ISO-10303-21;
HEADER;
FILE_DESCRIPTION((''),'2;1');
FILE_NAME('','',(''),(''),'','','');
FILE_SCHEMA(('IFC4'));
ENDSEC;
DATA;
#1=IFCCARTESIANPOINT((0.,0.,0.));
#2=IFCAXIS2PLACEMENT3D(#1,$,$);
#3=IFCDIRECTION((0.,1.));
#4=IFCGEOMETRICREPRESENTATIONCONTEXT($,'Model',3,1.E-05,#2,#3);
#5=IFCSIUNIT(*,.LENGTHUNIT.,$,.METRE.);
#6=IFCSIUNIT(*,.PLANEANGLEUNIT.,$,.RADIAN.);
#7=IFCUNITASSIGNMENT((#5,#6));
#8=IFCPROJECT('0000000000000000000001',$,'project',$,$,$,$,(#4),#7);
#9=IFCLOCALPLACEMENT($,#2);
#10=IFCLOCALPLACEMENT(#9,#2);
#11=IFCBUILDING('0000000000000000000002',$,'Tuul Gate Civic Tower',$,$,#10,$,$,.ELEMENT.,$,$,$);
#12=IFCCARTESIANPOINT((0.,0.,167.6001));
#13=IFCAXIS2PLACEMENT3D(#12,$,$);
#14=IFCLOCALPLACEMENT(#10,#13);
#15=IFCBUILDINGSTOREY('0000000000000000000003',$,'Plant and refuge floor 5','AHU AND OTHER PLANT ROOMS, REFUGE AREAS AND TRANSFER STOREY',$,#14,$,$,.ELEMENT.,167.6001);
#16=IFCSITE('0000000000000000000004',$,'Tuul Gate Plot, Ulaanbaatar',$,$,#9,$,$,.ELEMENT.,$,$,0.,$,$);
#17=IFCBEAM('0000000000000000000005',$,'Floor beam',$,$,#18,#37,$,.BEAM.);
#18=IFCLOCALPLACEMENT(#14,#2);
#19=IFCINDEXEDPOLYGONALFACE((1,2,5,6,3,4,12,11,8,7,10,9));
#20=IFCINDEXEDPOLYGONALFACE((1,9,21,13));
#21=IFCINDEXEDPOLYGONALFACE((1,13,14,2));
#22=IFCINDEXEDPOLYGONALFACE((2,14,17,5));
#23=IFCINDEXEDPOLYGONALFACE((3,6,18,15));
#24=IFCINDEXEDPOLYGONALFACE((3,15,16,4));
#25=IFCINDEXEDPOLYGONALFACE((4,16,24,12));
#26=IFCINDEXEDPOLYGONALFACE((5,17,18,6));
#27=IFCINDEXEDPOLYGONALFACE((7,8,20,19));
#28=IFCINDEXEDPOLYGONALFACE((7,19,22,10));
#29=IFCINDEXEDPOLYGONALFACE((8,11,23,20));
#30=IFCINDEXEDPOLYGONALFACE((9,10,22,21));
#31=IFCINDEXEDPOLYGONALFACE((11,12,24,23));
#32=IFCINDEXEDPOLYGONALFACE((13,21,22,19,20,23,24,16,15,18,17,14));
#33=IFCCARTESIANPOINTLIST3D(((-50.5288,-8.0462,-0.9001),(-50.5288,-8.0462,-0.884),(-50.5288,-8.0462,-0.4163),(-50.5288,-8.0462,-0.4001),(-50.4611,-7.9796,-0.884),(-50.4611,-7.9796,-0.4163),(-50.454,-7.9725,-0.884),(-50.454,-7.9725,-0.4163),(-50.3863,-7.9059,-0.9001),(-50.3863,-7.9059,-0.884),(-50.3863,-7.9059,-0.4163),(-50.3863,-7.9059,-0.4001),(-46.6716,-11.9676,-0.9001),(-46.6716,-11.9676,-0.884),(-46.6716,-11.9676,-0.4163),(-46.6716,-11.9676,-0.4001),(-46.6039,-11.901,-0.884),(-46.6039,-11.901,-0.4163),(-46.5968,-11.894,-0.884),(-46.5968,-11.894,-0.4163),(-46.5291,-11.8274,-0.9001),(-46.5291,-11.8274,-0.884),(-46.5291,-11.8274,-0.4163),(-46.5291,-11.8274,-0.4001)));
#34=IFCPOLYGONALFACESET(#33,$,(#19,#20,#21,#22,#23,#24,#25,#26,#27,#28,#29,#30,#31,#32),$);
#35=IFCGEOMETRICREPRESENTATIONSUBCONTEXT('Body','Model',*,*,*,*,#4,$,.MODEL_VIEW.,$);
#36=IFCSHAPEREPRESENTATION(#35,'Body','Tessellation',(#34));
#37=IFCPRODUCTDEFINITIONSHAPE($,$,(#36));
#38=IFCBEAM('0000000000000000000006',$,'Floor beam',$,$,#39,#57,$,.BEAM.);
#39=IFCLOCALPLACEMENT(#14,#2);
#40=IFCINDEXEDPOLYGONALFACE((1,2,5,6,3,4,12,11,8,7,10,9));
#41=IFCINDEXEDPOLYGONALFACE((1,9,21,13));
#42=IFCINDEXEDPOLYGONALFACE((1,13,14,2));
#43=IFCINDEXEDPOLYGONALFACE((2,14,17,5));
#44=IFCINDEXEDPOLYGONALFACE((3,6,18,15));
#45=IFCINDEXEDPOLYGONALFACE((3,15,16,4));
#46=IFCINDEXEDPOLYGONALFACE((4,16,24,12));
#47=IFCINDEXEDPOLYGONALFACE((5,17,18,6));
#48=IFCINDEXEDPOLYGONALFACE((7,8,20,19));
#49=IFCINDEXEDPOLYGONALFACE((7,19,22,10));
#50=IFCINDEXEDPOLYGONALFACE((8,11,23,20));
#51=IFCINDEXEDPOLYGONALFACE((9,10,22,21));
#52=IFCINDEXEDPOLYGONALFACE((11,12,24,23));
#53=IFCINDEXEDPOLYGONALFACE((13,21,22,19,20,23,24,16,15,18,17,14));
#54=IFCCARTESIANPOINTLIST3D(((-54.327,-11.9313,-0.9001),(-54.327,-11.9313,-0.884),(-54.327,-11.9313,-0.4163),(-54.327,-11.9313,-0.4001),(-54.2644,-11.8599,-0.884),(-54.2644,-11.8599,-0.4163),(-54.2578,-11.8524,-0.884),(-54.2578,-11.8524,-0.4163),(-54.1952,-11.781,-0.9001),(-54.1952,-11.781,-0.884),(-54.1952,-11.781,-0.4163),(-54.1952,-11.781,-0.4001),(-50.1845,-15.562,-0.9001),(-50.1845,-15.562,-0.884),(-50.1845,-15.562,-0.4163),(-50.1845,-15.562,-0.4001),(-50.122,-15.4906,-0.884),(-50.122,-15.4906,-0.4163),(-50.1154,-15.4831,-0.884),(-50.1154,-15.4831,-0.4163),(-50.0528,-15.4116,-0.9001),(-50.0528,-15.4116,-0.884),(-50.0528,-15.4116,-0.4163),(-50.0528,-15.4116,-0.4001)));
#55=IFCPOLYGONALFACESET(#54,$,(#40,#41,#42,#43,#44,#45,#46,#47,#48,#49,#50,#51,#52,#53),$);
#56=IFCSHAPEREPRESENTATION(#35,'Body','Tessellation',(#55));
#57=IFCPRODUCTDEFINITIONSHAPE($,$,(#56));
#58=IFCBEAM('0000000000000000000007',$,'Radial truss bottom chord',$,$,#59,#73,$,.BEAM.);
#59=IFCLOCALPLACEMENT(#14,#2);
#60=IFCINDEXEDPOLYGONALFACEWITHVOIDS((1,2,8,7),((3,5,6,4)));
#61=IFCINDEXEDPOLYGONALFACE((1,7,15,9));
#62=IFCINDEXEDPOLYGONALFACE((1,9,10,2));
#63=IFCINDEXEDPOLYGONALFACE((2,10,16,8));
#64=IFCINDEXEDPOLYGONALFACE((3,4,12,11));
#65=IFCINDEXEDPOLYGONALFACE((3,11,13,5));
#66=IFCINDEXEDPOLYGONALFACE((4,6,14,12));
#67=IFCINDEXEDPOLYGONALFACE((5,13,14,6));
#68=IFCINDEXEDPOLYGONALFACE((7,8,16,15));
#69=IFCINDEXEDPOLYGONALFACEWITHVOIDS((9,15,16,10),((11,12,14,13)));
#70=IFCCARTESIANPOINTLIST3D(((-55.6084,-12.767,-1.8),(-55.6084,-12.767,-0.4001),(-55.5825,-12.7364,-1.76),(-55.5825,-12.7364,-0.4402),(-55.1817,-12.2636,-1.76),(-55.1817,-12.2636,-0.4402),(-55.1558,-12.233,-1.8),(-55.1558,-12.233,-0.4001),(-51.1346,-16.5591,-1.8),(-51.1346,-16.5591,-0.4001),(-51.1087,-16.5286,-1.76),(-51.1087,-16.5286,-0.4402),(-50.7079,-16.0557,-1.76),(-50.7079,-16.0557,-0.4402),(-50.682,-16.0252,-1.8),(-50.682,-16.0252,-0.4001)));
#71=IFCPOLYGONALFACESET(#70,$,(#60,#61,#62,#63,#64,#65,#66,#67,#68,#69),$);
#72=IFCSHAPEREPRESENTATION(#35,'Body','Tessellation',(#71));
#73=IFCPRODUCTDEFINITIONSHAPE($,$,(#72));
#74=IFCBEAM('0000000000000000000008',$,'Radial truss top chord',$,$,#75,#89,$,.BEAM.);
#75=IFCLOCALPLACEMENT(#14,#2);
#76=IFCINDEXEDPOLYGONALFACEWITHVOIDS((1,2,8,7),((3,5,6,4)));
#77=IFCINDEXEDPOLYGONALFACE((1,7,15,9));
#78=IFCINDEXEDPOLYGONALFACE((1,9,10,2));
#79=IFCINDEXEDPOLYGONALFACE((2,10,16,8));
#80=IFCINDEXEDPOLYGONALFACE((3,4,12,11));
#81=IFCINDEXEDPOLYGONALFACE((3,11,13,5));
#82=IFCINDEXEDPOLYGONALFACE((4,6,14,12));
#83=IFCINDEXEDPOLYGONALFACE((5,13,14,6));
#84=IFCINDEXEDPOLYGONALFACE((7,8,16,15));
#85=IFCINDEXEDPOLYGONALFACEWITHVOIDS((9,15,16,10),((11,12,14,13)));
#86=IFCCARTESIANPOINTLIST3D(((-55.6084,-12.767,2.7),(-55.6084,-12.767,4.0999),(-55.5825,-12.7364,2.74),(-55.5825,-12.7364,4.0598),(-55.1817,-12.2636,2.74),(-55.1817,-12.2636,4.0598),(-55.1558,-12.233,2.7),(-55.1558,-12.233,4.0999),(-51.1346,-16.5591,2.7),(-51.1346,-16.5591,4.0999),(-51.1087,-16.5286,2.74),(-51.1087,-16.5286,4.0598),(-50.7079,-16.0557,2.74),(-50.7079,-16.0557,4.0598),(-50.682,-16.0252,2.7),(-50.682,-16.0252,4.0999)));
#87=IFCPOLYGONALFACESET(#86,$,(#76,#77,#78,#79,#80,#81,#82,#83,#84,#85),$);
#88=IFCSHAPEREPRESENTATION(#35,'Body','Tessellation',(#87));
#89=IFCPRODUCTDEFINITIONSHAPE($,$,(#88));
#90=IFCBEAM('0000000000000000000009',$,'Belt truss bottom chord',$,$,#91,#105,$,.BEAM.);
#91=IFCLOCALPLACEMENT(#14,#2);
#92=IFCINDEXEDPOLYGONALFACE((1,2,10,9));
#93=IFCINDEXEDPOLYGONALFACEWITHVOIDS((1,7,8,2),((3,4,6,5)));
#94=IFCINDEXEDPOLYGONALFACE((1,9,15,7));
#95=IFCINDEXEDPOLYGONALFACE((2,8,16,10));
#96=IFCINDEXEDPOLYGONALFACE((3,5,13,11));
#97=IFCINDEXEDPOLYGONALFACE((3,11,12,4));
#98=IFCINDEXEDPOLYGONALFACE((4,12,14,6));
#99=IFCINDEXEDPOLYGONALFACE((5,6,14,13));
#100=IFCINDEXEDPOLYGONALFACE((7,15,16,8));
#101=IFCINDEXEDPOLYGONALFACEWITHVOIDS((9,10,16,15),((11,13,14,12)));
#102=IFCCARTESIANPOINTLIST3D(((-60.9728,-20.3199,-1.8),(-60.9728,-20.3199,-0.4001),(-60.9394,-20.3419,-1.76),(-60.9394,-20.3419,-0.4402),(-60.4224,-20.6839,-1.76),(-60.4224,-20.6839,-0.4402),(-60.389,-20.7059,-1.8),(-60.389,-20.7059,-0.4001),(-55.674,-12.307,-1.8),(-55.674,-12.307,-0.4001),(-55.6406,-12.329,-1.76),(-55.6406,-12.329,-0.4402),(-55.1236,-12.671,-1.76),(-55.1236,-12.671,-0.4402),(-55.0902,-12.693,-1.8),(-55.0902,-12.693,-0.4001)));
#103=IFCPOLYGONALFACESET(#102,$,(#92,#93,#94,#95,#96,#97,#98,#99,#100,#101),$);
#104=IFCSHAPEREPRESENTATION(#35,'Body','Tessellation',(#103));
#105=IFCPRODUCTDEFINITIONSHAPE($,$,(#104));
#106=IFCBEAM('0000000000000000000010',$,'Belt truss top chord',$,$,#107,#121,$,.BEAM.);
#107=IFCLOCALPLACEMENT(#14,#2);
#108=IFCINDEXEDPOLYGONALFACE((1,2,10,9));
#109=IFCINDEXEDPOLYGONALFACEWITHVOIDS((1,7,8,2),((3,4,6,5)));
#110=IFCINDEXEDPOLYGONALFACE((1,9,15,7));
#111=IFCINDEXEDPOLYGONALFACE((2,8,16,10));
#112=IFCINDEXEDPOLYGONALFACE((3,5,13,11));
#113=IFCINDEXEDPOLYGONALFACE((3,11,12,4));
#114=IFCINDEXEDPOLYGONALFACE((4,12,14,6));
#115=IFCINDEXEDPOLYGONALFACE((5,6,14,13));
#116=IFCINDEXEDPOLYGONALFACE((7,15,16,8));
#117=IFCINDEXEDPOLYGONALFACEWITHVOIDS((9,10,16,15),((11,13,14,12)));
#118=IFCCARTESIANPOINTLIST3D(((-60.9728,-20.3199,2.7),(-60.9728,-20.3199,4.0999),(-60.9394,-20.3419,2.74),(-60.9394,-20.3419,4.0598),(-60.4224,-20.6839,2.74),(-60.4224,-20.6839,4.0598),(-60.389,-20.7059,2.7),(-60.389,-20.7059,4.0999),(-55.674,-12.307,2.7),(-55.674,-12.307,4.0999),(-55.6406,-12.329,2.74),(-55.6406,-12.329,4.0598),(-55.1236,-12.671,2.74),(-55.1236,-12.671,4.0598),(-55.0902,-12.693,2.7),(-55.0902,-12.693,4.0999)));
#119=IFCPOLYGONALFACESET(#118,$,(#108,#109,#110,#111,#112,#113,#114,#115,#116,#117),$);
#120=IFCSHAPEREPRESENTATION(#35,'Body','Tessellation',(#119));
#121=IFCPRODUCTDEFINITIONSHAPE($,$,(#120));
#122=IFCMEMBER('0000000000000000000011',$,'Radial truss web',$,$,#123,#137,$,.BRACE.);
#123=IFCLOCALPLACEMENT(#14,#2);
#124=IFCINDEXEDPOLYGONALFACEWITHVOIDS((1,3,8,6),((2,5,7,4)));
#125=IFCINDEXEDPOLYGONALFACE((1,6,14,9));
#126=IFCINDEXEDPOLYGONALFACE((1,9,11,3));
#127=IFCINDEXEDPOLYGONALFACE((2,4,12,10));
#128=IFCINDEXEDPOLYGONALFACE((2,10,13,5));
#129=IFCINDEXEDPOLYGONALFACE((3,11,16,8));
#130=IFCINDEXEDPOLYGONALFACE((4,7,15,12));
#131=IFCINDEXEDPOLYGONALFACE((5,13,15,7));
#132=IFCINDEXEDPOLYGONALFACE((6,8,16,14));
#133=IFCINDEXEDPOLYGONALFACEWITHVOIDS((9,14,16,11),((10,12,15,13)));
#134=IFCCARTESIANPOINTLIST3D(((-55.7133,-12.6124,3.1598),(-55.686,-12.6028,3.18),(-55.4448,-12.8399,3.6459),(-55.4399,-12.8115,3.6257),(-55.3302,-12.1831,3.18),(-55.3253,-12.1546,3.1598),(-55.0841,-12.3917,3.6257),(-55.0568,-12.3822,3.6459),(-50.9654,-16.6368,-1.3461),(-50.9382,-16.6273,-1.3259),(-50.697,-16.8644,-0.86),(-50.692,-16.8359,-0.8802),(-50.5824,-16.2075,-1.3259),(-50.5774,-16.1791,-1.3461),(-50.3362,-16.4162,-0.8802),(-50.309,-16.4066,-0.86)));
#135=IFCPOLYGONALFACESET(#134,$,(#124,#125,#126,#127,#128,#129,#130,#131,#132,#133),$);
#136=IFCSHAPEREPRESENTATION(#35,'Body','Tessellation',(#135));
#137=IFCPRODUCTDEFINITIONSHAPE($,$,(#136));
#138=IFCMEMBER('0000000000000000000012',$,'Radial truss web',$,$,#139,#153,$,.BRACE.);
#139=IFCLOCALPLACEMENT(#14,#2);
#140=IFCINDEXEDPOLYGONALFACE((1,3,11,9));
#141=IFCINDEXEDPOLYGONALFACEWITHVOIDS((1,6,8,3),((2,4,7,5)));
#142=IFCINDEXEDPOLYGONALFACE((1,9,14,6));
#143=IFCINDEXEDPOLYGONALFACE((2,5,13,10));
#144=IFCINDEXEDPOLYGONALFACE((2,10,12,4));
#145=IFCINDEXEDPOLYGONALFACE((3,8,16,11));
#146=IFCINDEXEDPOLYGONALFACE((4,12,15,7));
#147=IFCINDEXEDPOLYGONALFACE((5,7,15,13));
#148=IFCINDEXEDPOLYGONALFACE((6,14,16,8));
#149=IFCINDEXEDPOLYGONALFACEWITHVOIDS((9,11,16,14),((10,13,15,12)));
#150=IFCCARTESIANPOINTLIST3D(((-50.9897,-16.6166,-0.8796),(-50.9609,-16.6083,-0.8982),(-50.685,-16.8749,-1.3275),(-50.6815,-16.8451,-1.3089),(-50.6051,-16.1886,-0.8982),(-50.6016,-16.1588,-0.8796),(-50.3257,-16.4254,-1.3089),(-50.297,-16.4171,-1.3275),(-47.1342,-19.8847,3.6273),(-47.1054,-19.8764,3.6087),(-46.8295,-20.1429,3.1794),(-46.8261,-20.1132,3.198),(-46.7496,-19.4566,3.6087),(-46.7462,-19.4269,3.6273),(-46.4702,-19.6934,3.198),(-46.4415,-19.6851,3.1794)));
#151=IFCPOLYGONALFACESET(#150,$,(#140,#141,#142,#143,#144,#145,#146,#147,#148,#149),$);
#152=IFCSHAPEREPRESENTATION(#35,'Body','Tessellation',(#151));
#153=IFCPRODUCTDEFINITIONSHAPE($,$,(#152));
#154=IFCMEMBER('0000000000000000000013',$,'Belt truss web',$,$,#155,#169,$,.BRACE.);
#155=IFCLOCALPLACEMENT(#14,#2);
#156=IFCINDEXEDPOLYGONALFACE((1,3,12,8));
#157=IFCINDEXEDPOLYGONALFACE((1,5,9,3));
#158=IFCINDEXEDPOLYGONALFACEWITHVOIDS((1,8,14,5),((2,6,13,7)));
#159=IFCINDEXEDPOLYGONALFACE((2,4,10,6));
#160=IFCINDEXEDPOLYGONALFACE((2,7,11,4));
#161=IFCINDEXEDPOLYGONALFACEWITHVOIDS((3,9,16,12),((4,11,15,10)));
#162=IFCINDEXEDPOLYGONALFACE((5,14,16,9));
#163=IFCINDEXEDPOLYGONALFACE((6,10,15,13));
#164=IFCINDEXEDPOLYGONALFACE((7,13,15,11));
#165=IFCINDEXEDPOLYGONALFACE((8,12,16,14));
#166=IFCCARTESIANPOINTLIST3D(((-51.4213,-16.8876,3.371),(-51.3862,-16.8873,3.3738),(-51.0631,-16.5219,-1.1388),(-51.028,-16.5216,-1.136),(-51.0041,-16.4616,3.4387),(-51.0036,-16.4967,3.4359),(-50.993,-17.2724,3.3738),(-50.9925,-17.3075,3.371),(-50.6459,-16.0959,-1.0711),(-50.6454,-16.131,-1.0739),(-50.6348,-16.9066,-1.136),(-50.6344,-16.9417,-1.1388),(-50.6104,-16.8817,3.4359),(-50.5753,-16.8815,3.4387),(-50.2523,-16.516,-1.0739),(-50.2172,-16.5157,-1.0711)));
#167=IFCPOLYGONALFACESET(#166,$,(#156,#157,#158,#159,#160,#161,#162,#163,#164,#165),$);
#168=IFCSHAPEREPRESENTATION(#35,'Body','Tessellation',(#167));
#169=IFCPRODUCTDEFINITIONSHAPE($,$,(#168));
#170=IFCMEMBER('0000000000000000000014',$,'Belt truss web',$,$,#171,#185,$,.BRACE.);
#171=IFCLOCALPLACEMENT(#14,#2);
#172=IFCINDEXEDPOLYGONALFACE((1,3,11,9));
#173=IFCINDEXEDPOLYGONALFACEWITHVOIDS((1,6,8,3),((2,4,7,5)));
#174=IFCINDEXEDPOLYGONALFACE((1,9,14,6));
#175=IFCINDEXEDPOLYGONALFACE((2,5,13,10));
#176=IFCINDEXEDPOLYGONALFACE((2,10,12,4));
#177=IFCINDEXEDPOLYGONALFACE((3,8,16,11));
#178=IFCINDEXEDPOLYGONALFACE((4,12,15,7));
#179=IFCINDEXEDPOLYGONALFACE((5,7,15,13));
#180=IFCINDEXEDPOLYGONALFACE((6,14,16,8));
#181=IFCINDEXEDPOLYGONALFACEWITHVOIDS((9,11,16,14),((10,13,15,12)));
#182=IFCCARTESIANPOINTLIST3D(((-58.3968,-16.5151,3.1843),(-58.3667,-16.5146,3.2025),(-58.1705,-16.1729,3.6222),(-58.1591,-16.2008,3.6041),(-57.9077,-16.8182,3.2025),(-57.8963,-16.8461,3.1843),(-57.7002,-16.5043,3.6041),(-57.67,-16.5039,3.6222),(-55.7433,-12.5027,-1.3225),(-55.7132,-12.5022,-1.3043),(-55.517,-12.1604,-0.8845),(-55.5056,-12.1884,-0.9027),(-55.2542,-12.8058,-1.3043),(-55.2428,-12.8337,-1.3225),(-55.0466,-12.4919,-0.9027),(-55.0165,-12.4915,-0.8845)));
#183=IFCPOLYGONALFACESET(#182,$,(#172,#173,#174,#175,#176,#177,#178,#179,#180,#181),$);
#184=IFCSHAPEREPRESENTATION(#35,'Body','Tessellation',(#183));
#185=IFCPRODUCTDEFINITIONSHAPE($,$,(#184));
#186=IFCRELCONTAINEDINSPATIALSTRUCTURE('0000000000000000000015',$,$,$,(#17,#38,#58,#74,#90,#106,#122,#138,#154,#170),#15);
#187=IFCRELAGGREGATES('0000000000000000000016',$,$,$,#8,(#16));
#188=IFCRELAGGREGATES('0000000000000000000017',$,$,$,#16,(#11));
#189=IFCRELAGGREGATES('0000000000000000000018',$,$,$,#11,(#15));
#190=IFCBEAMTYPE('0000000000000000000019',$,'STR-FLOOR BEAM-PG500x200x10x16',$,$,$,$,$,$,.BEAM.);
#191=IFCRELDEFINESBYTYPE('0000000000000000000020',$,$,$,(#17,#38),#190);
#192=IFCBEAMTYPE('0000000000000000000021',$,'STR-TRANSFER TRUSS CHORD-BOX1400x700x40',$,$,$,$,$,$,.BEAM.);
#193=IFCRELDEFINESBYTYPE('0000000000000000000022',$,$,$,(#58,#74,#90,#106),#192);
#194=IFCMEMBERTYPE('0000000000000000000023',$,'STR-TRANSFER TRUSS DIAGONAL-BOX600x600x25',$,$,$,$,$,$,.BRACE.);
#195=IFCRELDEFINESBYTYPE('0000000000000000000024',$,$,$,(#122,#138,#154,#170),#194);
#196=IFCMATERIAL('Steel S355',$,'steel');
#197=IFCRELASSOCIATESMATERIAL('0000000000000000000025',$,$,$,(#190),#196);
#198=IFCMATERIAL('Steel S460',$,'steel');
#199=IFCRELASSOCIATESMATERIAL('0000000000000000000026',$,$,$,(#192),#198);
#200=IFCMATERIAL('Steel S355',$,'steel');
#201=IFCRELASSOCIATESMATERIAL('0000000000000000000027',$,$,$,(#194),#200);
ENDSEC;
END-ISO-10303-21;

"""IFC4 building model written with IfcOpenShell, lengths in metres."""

from ifc_helpers import new_model, si_unit, direction, frame, origin, origin_2d, place, context, subcontext, project, spatial, hollow_rectangle, i_section, extrude, material, material_profile, profile_set, type_object, element, save


model = new_model("IFC4")

# Units and contexts
model_context = context("Model", 3, precision=1e-05, world=origin(), true_north=direction((0.0, 1.0)))
body_context = subcontext(model_context, "Body", "Model", "MODEL_VIEW")
ifc_project = project(units=[si_unit("LENGTHUNIT", "METRE"), si_unit("PLANEANGLEUNIT", "RADIAN")], contexts=[model_context])

# Site, building, storey
site_placement = place(None, origin())
site = spatial("IfcSite", under=ifc_project, at=site_placement, Name="Tuul Gate Plot, Ulaanbaatar", CompositionType="ELEMENT", RefElevation=0.0)
building_placement = place(site_placement, origin())
building = spatial("IfcBuilding", under=site, at=building_placement, Name="Tuul Gate Civic Tower", CompositionType="ELEMENT")
storey_placement = place(building_placement, frame((0.0, 0.0, 167.6001)))
storey = spatial("IfcBuildingStorey", under=building, at=storey_placement, Name="Plant and refuge floor 5", Description="AHU AND OTHER PLANT ROOMS, REFUGE AREAS AND TRANSFER STOREY", CompositionType="ELEMENT", Elevation=167.6001)

# Beams
ifc_material_1 = material(Name="Steel S355", Category="steel")
ifc_material_profile_1 = material_profile(ifc_material_1, i_section(OverallWidth=0.2, OverallDepth=0.5, WebThickness=0.01, FlangeThickness=0.0161, at=origin_2d()), Name="PG500x200x10x16")
ifc_profile_set_1 = profile_set([ifc_material_profile_1], Name="Steel S355")
beam_type_1 = type_object("IfcBeamType", Name="STR-FLOOR BEAM-PG500x200x10x16", PredefinedType="BEAM", material=ifc_profile_set_1)
beam_1_placement = place(storey_placement, frame((-46.6003, -11.8975, -0.6501), z_axis=(-0.701246, 0.712919, 0.0), x_axis=(-0.712919, -0.701246, 0.0)))
element("IfcBeam", 1, at=beam_1_placement, inside=storey, type_object=beam_type_1, Name="Floor beam", PredefinedType="BEAM", context=body_context, shape_type="SweptSolid", body=[
    extrude(i_section(OverallWidth=0.2, OverallDepth=0.5, WebThickness=0.01, FlangeThickness=0.0161, at=origin_2d()), origin(), (0.0, 0.0, 1.0), 5.5005),
])
beam_2_placement = place(storey_placement, frame((-50.1187, -15.4868, -0.6501), z_axis=(-0.75203, 0.659129, 0.0), x_axis=(-0.659129, -0.75203, 0.0)))
element("IfcBeam", 2, at=beam_2_placement, inside=storey, type_object=beam_type_1, Name="Floor beam", PredefinedType="BEAM", context=body_context, shape_type="SweptSolid", body=[
    extrude(i_section(OverallWidth=0.2, OverallDepth=0.5, WebThickness=0.01, FlangeThickness=0.0161, at=origin_2d()), origin(), (0.0, 0.0, 1.0), 5.5083),
])
ifc_material_2 = material(Name="Steel S460", Category="steel")
ifc_material_profile_2 = material_profile(ifc_material_2, hollow_rectangle(XDim=0.7, YDim=1.3999, WallThickness=0.04, at=origin_2d()), Name="BOX1400x700x40")
ifc_profile_set_2 = profile_set([ifc_material_profile_2], Name="Steel S460")
beam_type_2 = type_object("IfcBeamType", Name="STR-TRANSFER TRUSS CHORD-BOX1400x700x40", PredefinedType="BEAM", material=ifc_profile_set_2)
for number, where, z_axis, x_axis, name in (
    (3, (-55.3821, -12.5, -1.1001), (0.762827, -0.646603, 0.0), (0.646603, 0.762827, 0.0), "Radial truss bottom chord"),
    (4, (-55.3821, -12.5, 3.3999), (0.762827, -0.646603, 0.0), (0.646603, 0.762827, 0.0), "Radial truss top chord"),
):
    element("IfcBeam", number, at=place(storey_placement, frame(where, z_axis=z_axis, x_axis=x_axis)), inside=storey, type_object=beam_type_2, Name=name, PredefinedType="BEAM", context=body_context, shape_type="SweptSolid", body=[
        extrude(hollow_rectangle(XDim=0.7, YDim=1.3999, WallThickness=0.04, at=origin_2d()), origin(), (0.0, 0.0, 1.0), 5.8647),
    ])
for number, where, z_axis, x_axis, name in (
    (5, (-55.3821, -12.5, -1.1001), (-0.551588, -0.834117, 0.0), (0.834117, -0.551588, 0.0), "Belt truss bottom chord"),
    (6, (-55.3821, -12.5, 3.3999), (-0.551588, -0.834117, 0.0), (0.834117, -0.551588, 0.0), "Belt truss top chord"),
):
    element("IfcBeam", number, at=place(storey_placement, frame(where, z_axis=z_axis, x_axis=x_axis)), inside=storey, type_object=beam_type_2, Name=name, PredefinedType="BEAM", context=body_context, shape_type="SweptSolid", body=[
        extrude(hollow_rectangle(XDim=0.7, YDim=1.3999, WallThickness=0.04, at=origin_2d()), origin(), (0.0, 0.0, 1.0), 9.6064),
    ])

# Members
ifc_material_3 = material(Name="Steel S355", Category="steel")
ifc_material_profile_3 = material_profile(ifc_material_3, hollow_rectangle(XDim=0.6001, YDim=0.6001, WallThickness=0.0249, at=origin_2d()), Name="BOX600x600x25")
ifc_profile_set_3 = profile_set([ifc_material_profile_3], Name="Steel S355")
member_type_1 = type_object("IfcMemberType", Name="STR-TRANSFER TRUSS DIAGONAL-BOX600x600x25", PredefinedType="BRACE", material=ifc_profile_set_3)
member_1_placement = place(storey_placement, frame((-50.6372, -16.5217, -1.103), z_axis=(-0.6179, 0.523755, 0.586413), x_axis=(-0.646601, -0.762828, 0.0)))
element("IfcMember", 7, at=member_1_placement, inside=storey, type_object=member_type_1, Name="Radial truss web", PredefinedType="BRACE", context=body_context, shape_type="SweptSolid", body=[
    extrude(hollow_rectangle(XDim=0.6001, YDim=0.6001, WallThickness=0.0249, at=origin_2d()), origin(), (0.0, 0.0, 1.0), 7.6838),
])
member_2_placement = place(storey_placement, frame((-50.6433, -16.5168, -1.1035), z_axis=(0.569347, -0.482604, 0.665536), x_axis=(0.646605, 0.762825, 0.0)))
element("IfcMember", 8, at=member_2_placement, inside=storey, type_object=member_type_1, Name="Radial truss web", PredefinedType="BRACE", context=body_context, shape_type="SweptSolid", body=[
    extrude(hollow_rectangle(XDim=0.6001, YDim=0.6001, WallThickness=0.0249, at=origin_2d()), origin(), (0.0, 0.0, 1.0), 6.7717),
])
member_3_placement = place(storey_placement, frame((-50.6401, -16.5188, -1.105), z_axis=(-0.078911, -0.080578, 0.99362), x_axis=(0.714461, -0.699676, 0.0)))
element("IfcMember", 9, at=member_3_placement, inside=storey, type_object=member_type_1, Name="Belt truss web", PredefinedType="BRACE", context=body_context, shape_type="SweptSolid", body=[
    extrude(hollow_rectangle(XDim=0.6001, YDim=0.6001, WallThickness=0.0249, at=origin_2d()), origin(), (0.0, 0.0, 1.0), 4.5388),
])
member_4_placement = place(storey_placement, frame((-55.3799, -12.4971, -1.1035), z_axis=(-0.402551, -0.608697, 0.683696), x_axis=(0.834098, -0.551616, 0.0)))
element("IfcMember", 10, at=member_4_placement, inside=storey, type_object=member_type_1, Name="Belt truss web", PredefinedType="BRACE", context=body_context, shape_type="SweptSolid", body=[
    extrude(hollow_rectangle(XDim=0.6001, YDim=0.6001, WallThickness=0.0249, at=origin_2d()), origin(), (0.0, 0.0, 1.0), 6.5918),
])

save(model, "model.ifc")
